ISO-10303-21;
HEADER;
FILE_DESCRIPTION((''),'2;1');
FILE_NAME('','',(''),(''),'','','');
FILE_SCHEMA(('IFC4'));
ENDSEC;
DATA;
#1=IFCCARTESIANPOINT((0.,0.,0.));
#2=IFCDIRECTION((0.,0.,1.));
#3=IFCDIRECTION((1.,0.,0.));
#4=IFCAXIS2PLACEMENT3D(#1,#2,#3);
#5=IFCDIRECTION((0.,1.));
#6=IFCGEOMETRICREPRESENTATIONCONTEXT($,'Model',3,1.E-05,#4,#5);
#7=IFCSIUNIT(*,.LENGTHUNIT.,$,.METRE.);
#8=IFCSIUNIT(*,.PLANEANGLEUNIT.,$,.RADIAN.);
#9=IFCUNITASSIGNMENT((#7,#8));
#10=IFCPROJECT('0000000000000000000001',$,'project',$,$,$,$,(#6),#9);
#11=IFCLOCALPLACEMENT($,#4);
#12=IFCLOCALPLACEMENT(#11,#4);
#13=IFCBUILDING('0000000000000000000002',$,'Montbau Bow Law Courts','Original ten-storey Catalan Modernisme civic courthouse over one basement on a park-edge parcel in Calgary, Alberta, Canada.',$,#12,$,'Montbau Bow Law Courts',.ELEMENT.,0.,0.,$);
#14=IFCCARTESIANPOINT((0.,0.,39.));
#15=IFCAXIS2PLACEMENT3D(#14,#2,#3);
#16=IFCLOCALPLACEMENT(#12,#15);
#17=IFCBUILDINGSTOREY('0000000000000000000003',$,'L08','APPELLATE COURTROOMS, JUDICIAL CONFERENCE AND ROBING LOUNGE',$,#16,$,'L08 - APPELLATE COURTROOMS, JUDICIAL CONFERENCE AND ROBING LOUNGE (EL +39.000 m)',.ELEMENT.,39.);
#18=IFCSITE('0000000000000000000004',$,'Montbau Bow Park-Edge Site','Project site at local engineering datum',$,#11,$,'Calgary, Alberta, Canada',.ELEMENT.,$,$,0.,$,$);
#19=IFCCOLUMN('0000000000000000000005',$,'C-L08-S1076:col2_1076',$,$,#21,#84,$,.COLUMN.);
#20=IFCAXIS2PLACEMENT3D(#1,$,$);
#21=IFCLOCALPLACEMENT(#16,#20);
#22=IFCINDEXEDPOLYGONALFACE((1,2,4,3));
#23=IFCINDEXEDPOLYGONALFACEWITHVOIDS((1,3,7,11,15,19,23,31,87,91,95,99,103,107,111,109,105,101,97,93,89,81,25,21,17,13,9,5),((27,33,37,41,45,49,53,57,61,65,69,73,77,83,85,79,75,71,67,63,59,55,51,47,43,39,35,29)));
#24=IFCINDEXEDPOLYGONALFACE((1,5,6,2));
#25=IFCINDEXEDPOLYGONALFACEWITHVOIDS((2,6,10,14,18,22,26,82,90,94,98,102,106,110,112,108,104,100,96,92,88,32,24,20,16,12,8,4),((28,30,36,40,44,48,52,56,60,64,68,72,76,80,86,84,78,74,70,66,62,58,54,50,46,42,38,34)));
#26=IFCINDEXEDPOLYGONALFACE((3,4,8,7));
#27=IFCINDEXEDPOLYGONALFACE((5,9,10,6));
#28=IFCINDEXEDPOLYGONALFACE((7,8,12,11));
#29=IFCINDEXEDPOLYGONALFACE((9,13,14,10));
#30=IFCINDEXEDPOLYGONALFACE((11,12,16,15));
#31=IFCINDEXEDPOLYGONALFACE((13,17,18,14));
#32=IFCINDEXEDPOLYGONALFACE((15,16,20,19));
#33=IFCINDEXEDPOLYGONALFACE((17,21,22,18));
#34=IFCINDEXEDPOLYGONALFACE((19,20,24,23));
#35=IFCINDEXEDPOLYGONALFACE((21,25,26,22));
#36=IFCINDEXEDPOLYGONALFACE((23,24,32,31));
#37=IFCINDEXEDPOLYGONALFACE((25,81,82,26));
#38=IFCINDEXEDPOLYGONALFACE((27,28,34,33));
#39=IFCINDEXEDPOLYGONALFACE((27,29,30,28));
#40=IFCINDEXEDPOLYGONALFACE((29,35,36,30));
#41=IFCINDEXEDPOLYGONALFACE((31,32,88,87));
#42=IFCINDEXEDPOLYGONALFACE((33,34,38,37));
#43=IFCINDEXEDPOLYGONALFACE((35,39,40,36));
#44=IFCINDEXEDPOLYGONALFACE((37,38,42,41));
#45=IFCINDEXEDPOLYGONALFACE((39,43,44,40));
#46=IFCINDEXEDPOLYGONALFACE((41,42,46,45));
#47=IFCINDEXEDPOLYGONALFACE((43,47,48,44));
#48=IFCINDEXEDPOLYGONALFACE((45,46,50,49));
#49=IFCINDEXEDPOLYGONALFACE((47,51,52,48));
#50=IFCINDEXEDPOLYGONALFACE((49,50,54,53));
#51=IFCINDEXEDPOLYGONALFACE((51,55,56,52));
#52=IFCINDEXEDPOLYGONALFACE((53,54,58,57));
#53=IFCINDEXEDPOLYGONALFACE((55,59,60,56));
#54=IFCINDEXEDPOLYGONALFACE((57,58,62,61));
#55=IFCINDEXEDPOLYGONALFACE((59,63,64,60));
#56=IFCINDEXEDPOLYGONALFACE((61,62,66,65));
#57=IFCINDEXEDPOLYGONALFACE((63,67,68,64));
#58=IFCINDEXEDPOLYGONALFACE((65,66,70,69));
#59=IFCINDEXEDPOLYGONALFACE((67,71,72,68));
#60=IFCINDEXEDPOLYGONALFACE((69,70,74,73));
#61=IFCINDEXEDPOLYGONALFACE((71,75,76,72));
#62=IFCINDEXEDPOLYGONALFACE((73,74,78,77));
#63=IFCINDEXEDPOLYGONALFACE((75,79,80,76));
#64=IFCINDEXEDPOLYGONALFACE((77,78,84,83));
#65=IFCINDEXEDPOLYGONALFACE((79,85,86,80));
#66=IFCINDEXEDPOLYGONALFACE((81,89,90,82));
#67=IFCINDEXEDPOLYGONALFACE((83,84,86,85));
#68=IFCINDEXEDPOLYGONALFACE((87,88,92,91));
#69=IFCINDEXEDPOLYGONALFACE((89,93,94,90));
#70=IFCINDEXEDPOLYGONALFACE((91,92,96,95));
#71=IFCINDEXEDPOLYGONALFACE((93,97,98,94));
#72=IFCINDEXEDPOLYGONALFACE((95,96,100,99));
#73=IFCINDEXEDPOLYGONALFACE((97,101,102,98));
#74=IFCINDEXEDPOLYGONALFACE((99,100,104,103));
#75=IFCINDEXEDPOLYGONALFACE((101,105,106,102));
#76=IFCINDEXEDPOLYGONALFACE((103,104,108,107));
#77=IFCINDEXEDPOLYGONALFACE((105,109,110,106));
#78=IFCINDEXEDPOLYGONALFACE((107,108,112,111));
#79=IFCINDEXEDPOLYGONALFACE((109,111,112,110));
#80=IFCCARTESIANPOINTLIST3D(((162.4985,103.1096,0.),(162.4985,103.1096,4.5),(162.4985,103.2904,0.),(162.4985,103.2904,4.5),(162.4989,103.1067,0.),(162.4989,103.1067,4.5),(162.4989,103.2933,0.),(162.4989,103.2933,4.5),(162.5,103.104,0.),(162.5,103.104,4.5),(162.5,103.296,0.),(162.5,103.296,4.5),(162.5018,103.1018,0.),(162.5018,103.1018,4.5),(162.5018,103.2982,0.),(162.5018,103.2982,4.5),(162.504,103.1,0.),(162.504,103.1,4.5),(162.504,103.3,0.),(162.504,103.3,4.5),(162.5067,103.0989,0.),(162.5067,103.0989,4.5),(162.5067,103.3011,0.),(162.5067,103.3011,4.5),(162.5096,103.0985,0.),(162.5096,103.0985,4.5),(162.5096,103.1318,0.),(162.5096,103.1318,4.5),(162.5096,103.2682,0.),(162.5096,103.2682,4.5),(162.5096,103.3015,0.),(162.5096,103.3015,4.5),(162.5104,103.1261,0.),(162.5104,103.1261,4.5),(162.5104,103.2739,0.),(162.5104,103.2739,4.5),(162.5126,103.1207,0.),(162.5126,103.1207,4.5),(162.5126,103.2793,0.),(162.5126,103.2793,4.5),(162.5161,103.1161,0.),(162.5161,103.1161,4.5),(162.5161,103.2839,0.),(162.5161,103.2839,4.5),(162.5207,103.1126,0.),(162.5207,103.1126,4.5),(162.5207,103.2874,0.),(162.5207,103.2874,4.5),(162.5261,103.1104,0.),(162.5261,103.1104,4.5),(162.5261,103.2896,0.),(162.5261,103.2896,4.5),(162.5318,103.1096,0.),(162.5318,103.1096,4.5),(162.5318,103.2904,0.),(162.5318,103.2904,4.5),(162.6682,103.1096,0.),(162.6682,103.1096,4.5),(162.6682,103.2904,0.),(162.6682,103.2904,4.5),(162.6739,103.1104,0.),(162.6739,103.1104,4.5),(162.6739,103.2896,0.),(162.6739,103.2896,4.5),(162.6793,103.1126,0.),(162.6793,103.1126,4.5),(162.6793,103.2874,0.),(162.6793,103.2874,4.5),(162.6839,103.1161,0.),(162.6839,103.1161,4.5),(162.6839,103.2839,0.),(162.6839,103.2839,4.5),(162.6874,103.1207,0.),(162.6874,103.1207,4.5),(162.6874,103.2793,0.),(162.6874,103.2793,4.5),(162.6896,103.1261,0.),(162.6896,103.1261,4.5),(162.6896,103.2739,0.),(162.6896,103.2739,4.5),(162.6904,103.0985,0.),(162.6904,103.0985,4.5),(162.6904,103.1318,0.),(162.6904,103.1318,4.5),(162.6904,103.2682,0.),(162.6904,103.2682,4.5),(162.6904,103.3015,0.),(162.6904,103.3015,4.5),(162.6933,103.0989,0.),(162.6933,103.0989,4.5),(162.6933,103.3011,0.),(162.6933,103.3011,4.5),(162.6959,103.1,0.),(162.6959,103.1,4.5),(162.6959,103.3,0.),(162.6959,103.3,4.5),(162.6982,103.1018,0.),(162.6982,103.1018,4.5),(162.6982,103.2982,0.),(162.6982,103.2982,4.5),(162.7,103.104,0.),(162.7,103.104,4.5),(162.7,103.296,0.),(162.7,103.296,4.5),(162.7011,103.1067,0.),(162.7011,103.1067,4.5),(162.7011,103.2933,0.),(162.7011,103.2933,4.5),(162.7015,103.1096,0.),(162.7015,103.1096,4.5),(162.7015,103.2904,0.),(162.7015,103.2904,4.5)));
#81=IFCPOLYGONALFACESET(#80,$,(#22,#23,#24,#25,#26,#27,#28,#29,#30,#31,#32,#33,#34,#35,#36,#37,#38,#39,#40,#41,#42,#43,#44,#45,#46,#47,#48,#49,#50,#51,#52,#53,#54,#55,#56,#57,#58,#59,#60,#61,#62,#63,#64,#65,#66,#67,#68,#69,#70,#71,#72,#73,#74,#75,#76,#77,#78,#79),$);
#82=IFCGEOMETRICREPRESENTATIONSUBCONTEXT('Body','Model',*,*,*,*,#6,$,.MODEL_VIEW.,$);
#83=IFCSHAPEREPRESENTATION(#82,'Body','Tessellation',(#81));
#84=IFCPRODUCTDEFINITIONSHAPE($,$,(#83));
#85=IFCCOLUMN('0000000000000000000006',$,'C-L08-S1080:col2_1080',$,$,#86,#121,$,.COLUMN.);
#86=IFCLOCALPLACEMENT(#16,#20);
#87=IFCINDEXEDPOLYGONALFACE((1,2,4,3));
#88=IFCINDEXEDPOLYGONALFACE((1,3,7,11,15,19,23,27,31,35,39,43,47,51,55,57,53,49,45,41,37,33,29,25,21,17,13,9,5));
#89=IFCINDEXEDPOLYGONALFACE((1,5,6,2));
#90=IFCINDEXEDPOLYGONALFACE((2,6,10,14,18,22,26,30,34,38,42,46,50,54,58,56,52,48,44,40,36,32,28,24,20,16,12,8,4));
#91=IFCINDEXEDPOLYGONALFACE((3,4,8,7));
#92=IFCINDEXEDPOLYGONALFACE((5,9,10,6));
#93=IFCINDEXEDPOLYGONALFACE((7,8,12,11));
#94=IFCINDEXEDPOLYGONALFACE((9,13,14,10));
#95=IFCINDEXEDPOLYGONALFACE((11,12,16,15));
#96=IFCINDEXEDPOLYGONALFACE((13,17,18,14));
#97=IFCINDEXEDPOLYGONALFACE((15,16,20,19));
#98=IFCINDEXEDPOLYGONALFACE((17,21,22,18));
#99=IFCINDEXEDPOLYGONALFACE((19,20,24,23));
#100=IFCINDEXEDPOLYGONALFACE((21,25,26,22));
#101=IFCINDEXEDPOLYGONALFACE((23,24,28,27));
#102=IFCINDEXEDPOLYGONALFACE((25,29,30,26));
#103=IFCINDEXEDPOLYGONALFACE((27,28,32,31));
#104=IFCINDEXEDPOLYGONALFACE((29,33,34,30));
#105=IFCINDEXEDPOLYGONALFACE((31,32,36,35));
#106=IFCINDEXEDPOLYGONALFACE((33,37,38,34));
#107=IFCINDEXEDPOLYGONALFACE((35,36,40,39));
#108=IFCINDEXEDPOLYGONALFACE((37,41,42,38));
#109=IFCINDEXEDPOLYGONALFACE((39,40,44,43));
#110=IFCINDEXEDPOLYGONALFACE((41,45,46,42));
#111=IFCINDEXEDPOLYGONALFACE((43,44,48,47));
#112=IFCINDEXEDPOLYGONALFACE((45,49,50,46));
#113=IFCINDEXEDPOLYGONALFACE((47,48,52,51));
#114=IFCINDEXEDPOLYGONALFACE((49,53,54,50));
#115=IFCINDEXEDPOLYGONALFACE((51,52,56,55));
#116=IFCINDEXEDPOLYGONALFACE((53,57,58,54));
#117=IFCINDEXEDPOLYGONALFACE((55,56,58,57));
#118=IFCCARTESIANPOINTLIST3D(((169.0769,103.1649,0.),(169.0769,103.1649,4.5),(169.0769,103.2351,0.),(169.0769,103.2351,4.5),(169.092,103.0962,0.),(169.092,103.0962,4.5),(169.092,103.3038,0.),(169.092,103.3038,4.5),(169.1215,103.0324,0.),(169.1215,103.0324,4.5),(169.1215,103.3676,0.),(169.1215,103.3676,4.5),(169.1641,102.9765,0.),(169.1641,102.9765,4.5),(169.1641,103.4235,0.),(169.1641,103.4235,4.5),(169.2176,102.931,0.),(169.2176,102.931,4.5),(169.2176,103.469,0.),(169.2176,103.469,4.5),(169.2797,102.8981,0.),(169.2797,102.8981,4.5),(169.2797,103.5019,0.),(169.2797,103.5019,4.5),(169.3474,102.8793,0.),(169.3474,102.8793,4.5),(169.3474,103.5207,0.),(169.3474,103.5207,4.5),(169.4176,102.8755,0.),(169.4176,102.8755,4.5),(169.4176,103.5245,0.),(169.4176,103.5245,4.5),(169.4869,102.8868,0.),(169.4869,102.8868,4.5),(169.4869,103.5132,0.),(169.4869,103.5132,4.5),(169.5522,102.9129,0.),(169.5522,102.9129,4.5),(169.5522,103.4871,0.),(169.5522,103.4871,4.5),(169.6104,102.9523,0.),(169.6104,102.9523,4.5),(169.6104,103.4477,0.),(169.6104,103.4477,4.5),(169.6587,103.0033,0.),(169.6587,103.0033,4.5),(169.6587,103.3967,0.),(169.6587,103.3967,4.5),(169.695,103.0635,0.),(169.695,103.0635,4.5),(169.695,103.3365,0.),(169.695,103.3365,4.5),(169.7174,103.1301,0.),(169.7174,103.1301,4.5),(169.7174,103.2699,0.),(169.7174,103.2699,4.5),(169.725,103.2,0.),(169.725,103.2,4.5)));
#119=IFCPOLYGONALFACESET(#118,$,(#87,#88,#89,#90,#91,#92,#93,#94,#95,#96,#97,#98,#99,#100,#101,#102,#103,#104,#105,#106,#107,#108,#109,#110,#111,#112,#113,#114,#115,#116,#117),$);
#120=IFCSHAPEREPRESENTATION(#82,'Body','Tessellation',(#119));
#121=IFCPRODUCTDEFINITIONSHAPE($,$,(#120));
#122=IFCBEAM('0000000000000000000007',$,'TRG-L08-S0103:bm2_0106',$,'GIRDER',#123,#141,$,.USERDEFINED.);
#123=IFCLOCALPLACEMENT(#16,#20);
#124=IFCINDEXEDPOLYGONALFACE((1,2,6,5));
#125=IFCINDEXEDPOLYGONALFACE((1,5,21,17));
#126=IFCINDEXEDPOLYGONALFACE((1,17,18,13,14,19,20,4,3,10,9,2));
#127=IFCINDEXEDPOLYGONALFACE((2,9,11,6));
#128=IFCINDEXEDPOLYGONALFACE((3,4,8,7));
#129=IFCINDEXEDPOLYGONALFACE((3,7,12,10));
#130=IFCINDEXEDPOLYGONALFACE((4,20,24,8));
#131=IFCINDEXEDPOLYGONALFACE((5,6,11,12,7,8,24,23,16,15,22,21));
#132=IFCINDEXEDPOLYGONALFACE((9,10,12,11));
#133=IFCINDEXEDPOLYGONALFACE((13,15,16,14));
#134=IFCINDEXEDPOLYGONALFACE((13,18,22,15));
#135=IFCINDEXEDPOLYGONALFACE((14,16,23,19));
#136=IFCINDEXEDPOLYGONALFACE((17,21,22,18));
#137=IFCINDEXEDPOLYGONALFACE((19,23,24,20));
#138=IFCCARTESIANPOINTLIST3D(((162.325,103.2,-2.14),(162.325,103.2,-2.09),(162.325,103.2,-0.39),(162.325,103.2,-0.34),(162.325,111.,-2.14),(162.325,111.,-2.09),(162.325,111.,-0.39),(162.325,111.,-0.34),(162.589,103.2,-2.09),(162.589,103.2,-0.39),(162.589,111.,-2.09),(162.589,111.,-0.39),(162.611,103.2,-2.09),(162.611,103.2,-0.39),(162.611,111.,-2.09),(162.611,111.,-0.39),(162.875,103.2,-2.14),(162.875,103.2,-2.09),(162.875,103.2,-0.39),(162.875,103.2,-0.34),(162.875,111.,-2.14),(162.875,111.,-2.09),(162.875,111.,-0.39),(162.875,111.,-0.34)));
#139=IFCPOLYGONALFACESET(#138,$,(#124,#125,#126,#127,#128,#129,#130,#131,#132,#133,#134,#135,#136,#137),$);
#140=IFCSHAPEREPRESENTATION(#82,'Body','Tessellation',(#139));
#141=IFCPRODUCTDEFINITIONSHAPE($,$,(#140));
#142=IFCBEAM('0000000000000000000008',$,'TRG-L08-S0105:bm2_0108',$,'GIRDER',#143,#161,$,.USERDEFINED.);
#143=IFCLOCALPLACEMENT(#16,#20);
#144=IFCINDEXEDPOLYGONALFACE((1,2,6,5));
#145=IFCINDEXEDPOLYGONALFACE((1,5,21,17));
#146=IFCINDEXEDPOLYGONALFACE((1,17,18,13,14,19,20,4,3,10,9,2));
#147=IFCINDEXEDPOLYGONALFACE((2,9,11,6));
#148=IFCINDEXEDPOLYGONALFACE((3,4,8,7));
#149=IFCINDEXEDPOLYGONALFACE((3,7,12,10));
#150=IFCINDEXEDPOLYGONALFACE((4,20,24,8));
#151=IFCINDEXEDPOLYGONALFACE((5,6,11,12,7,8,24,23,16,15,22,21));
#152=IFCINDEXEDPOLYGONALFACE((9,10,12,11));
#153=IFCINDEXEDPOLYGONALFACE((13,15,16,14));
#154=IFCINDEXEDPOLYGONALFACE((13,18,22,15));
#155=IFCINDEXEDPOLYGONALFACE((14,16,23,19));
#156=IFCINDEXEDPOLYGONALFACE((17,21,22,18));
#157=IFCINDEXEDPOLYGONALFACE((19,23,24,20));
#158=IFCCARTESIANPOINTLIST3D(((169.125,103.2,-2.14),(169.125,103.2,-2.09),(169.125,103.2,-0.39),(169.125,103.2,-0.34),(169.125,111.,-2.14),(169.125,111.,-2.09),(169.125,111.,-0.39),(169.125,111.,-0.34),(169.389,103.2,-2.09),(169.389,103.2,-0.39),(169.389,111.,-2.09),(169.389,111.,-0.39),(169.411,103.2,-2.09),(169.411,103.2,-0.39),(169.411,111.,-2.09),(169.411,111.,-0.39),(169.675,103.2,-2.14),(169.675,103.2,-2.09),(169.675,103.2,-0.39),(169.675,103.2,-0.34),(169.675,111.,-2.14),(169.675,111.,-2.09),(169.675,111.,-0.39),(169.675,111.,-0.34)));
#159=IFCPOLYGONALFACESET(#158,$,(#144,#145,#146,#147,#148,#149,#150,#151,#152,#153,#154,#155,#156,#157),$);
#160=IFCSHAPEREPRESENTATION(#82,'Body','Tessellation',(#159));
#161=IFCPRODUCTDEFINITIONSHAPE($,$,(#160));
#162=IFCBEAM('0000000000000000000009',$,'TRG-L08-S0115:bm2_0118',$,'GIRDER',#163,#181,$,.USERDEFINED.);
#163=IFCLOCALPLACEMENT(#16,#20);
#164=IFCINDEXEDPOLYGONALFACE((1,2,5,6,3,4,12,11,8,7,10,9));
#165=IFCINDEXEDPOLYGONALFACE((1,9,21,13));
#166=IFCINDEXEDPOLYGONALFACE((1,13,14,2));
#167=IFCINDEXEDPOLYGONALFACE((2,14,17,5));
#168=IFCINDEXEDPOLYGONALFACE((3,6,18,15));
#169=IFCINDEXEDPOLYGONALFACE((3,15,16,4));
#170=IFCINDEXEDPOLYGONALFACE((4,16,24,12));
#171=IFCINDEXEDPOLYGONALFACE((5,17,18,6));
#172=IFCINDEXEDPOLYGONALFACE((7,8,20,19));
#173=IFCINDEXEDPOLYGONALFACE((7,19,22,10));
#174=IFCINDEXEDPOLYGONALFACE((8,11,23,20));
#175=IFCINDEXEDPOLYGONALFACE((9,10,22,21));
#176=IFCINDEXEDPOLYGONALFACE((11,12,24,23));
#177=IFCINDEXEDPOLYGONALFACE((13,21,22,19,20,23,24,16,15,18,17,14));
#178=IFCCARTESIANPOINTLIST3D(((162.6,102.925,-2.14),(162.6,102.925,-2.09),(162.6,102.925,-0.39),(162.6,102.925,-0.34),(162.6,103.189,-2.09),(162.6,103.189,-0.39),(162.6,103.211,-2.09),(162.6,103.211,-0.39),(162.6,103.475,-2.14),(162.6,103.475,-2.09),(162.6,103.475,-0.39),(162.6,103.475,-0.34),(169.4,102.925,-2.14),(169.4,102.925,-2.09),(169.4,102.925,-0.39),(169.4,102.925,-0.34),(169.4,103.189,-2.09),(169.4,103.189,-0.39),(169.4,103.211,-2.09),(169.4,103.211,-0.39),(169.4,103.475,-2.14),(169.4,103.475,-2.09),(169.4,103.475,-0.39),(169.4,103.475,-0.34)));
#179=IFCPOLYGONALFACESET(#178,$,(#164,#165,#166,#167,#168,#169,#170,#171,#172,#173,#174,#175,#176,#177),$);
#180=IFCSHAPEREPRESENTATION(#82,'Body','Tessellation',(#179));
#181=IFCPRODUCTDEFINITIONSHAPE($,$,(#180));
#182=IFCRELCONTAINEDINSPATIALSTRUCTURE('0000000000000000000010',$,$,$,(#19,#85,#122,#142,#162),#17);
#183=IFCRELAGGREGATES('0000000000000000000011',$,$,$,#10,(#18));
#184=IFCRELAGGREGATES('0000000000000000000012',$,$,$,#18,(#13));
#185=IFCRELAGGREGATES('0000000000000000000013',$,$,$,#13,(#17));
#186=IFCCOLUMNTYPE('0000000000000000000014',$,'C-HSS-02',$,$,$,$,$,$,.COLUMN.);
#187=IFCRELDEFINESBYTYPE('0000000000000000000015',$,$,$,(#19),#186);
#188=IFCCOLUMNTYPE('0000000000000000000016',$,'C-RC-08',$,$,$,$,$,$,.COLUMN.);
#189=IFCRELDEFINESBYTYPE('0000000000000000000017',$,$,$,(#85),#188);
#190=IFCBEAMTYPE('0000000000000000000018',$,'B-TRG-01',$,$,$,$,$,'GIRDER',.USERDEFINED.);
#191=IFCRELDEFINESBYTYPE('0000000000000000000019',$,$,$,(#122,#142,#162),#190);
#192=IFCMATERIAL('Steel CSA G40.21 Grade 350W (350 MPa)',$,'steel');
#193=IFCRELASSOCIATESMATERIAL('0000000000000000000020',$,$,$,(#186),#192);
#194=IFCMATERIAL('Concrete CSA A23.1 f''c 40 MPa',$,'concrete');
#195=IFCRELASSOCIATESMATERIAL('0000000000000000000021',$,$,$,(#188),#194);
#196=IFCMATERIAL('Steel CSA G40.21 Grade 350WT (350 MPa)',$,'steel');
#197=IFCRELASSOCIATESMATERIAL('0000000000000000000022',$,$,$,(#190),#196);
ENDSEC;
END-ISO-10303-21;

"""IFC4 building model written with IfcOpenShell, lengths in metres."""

from ifc_helpers import new_model, si_unit, direction, frame, origin_with_axes, origin_2d_with_axis, place, context, subcontext, project, spatial, hollow_rectangle, circle, i_section, extrude, material, material_profile, profile_set, type_object, element, save


model = new_model("IFC4")

# Units and contexts
model_context = context("Model", 3, precision=1e-05, world=origin_with_axes(), true_north=direction((0.0, 1.0)))
body_context = subcontext(model_context, "Body", "Model", "MODEL_VIEW")
ifc_project = project(units=[si_unit("LENGTHUNIT", "METRE"), si_unit("PLANEANGLEUNIT", "RADIAN")], contexts=[model_context])

# Site, building, storey
site_placement = place(None, origin_with_axes())
site = spatial("IfcSite", under=ifc_project, at=site_placement, Name="Montbau Bow Park-Edge Site", Description="Project site at local engineering datum", LongName="Calgary, Alberta, Canada", CompositionType="ELEMENT", RefElevation=0.0)
building_placement = place(site_placement, origin_with_axes())
building = spatial("IfcBuilding", under=site, at=building_placement, Name="Montbau Bow Law Courts", Description="Original ten-storey Catalan Modernisme civic courthouse over one basement on a park-edge parcel in Calgary, Alberta, Canada.", LongName="Montbau Bow Law Courts", CompositionType="ELEMENT", ElevationOfRefHeight=0.0, ElevationOfTerrain=0.0)
storey_placement = place(building_placement, frame((0.0, 0.0, 39.0), z_axis=(0.0, 0.0, 1.0), x_axis=(1.0, 0.0, 0.0)))
storey = spatial("IfcBuildingStorey", under=building, at=storey_placement, Name="L08", Description="APPELLATE COURTROOMS, JUDICIAL CONFERENCE AND ROBING LOUNGE", LongName="L08 - APPELLATE COURTROOMS, JUDICIAL CONFERENCE AND ROBING LOUNGE (EL +39.000 m)", CompositionType="ELEMENT", Elevation=39.0)

# Columns
ifc_material_1 = material(Name="Steel CSA G40.21 Grade 350W (350 MPa)", Category="steel")
ifc_material_profile_1 = material_profile(ifc_material_1, hollow_rectangle(XDim=0.203, YDim=0.203, WallThickness=0.0111, InnerFilletRadius=0.0222, OuterFilletRadius=0.0111, at=origin_2d_with_axis()), Name="HSS203X203X11", Category="Main", Priority=0)
ifc_profile_set_1 = profile_set([ifc_material_profile_1], Name="Steel CSA G40.21 Grade 350W (350 MPa)")
column_type_1 = type_object("IfcColumnType", Name="C-HSS-02", PredefinedType="COLUMN", material=ifc_profile_set_1)
column_1_placement = place(None, frame((162.6, 103.2, 39.0), z_axis=(0.0, 0.0, 1.0), x_axis=(1.0, 0.0, 0.0)))
element("IfcColumn", 1, at=column_1_placement, inside=storey, type_object=column_type_1, Name="C-L08-S1076:col2_1076", PredefinedType="COLUMN", context=body_context, shape_type="SweptSolid", body=[
    extrude(hollow_rectangle(XDim=0.203, YDim=0.203, WallThickness=0.0111, InnerFilletRadius=0.0222, OuterFilletRadius=0.0111, at=origin_2d_with_axis()), origin_with_axes(), (0.0, 0.0, 1.0), 4.5),
])
ifc_material_2 = material(Name="Concrete CSA A23.1 f'c 40 MPa", Category="concrete")
ifc_material_profile_2 = material_profile(ifc_material_2, circle(Radius=0.325, at=origin_2d_with_axis()), Name="RC650D", Category="Main", Priority=0)
ifc_profile_set_2 = profile_set([ifc_material_profile_2], Name="Concrete CSA A23.1 f'c 40 MPa")
column_type_2 = type_object("IfcColumnType", Name="C-RC-08", PredefinedType="COLUMN", material=ifc_profile_set_2)
column_2_placement = place(None, frame((169.4, 103.2, 39.0), z_axis=(0.0, 0.0, 1.0), x_axis=(1.0, 0.0, 0.0)))
element("IfcColumn", 2, at=column_2_placement, inside=storey, type_object=column_type_2, Name="C-L08-S1080:col2_1080", PredefinedType="COLUMN", context=body_context, shape_type="SweptSolid", body=[
    extrude(circle(Radius=0.325, at=origin_2d_with_axis()), origin_with_axes(), (0.0, 0.0, 1.0), 4.5),
])

# Beams
ifc_material_3 = material(Name="Steel CSA G40.21 Grade 350WT (350 MPa)", Category="steel")
ifc_material_profile_3 = material_profile(ifc_material_3, i_section(OverallWidth=0.55, OverallDepth=1.8, WebThickness=0.022, FlangeThickness=0.05, at=origin_2d_with_axis()), Name="WWF1800X550", Category="Main", Priority=0)
ifc_profile_set_3 = profile_set([ifc_material_profile_3], Name="Steel CSA G40.21 Grade 350WT (350 MPa)")
beam_type = type_object("IfcBeamType", Name="B-TRG-01", ElementType="GIRDER", PredefinedType="USERDEFINED", material=ifc_profile_set_3)
for number, where, z_axis, x_axis, name in (
    (3, (162.6, 103.2, 37.76), (0.0, 1.0, 0.0), (-1.0, 0.0, 0.0), "TRG-L08-S0103:bm2_0106"),
    (4, (169.4, 103.2, 37.76), (0.0, 1.0, 0.0), (-1.0, 0.0, 0.0), "TRG-L08-S0105:bm2_0108"),
):
    element("IfcBeam", number, at=place(None, frame(where, z_axis=z_axis, x_axis=x_axis)), inside=storey, type_object=beam_type, Name=name, ObjectType="GIRDER", PredefinedType="USERDEFINED", context=body_context, shape_type="SweptSolid", body=[
        extrude(i_section(OverallWidth=0.55, OverallDepth=1.8, WebThickness=0.022, FlangeThickness=0.05, at=origin_2d_with_axis()), origin_with_axes(), (0.0, 0.0, 1.0), 7.8),
    ])
beam_placement = place(None, frame((162.6, 103.2, 37.76), z_axis=(1.0, 0.0, 0.0), x_axis=(0.0, 1.0, 0.0)))
element("IfcBeam", 5, at=beam_placement, inside=storey, type_object=beam_type, Name="TRG-L08-S0115:bm2_0118", ObjectType="GIRDER", PredefinedType="USERDEFINED", context=body_context, shape_type="SweptSolid", body=[
    extrude(i_section(OverallWidth=0.55, OverallDepth=1.8, WebThickness=0.022, FlangeThickness=0.05, at=origin_2d_with_axis()), origin_with_axes(), (0.0, 0.0, 1.0), 6.8),
])

save(model, "model.ifc")
